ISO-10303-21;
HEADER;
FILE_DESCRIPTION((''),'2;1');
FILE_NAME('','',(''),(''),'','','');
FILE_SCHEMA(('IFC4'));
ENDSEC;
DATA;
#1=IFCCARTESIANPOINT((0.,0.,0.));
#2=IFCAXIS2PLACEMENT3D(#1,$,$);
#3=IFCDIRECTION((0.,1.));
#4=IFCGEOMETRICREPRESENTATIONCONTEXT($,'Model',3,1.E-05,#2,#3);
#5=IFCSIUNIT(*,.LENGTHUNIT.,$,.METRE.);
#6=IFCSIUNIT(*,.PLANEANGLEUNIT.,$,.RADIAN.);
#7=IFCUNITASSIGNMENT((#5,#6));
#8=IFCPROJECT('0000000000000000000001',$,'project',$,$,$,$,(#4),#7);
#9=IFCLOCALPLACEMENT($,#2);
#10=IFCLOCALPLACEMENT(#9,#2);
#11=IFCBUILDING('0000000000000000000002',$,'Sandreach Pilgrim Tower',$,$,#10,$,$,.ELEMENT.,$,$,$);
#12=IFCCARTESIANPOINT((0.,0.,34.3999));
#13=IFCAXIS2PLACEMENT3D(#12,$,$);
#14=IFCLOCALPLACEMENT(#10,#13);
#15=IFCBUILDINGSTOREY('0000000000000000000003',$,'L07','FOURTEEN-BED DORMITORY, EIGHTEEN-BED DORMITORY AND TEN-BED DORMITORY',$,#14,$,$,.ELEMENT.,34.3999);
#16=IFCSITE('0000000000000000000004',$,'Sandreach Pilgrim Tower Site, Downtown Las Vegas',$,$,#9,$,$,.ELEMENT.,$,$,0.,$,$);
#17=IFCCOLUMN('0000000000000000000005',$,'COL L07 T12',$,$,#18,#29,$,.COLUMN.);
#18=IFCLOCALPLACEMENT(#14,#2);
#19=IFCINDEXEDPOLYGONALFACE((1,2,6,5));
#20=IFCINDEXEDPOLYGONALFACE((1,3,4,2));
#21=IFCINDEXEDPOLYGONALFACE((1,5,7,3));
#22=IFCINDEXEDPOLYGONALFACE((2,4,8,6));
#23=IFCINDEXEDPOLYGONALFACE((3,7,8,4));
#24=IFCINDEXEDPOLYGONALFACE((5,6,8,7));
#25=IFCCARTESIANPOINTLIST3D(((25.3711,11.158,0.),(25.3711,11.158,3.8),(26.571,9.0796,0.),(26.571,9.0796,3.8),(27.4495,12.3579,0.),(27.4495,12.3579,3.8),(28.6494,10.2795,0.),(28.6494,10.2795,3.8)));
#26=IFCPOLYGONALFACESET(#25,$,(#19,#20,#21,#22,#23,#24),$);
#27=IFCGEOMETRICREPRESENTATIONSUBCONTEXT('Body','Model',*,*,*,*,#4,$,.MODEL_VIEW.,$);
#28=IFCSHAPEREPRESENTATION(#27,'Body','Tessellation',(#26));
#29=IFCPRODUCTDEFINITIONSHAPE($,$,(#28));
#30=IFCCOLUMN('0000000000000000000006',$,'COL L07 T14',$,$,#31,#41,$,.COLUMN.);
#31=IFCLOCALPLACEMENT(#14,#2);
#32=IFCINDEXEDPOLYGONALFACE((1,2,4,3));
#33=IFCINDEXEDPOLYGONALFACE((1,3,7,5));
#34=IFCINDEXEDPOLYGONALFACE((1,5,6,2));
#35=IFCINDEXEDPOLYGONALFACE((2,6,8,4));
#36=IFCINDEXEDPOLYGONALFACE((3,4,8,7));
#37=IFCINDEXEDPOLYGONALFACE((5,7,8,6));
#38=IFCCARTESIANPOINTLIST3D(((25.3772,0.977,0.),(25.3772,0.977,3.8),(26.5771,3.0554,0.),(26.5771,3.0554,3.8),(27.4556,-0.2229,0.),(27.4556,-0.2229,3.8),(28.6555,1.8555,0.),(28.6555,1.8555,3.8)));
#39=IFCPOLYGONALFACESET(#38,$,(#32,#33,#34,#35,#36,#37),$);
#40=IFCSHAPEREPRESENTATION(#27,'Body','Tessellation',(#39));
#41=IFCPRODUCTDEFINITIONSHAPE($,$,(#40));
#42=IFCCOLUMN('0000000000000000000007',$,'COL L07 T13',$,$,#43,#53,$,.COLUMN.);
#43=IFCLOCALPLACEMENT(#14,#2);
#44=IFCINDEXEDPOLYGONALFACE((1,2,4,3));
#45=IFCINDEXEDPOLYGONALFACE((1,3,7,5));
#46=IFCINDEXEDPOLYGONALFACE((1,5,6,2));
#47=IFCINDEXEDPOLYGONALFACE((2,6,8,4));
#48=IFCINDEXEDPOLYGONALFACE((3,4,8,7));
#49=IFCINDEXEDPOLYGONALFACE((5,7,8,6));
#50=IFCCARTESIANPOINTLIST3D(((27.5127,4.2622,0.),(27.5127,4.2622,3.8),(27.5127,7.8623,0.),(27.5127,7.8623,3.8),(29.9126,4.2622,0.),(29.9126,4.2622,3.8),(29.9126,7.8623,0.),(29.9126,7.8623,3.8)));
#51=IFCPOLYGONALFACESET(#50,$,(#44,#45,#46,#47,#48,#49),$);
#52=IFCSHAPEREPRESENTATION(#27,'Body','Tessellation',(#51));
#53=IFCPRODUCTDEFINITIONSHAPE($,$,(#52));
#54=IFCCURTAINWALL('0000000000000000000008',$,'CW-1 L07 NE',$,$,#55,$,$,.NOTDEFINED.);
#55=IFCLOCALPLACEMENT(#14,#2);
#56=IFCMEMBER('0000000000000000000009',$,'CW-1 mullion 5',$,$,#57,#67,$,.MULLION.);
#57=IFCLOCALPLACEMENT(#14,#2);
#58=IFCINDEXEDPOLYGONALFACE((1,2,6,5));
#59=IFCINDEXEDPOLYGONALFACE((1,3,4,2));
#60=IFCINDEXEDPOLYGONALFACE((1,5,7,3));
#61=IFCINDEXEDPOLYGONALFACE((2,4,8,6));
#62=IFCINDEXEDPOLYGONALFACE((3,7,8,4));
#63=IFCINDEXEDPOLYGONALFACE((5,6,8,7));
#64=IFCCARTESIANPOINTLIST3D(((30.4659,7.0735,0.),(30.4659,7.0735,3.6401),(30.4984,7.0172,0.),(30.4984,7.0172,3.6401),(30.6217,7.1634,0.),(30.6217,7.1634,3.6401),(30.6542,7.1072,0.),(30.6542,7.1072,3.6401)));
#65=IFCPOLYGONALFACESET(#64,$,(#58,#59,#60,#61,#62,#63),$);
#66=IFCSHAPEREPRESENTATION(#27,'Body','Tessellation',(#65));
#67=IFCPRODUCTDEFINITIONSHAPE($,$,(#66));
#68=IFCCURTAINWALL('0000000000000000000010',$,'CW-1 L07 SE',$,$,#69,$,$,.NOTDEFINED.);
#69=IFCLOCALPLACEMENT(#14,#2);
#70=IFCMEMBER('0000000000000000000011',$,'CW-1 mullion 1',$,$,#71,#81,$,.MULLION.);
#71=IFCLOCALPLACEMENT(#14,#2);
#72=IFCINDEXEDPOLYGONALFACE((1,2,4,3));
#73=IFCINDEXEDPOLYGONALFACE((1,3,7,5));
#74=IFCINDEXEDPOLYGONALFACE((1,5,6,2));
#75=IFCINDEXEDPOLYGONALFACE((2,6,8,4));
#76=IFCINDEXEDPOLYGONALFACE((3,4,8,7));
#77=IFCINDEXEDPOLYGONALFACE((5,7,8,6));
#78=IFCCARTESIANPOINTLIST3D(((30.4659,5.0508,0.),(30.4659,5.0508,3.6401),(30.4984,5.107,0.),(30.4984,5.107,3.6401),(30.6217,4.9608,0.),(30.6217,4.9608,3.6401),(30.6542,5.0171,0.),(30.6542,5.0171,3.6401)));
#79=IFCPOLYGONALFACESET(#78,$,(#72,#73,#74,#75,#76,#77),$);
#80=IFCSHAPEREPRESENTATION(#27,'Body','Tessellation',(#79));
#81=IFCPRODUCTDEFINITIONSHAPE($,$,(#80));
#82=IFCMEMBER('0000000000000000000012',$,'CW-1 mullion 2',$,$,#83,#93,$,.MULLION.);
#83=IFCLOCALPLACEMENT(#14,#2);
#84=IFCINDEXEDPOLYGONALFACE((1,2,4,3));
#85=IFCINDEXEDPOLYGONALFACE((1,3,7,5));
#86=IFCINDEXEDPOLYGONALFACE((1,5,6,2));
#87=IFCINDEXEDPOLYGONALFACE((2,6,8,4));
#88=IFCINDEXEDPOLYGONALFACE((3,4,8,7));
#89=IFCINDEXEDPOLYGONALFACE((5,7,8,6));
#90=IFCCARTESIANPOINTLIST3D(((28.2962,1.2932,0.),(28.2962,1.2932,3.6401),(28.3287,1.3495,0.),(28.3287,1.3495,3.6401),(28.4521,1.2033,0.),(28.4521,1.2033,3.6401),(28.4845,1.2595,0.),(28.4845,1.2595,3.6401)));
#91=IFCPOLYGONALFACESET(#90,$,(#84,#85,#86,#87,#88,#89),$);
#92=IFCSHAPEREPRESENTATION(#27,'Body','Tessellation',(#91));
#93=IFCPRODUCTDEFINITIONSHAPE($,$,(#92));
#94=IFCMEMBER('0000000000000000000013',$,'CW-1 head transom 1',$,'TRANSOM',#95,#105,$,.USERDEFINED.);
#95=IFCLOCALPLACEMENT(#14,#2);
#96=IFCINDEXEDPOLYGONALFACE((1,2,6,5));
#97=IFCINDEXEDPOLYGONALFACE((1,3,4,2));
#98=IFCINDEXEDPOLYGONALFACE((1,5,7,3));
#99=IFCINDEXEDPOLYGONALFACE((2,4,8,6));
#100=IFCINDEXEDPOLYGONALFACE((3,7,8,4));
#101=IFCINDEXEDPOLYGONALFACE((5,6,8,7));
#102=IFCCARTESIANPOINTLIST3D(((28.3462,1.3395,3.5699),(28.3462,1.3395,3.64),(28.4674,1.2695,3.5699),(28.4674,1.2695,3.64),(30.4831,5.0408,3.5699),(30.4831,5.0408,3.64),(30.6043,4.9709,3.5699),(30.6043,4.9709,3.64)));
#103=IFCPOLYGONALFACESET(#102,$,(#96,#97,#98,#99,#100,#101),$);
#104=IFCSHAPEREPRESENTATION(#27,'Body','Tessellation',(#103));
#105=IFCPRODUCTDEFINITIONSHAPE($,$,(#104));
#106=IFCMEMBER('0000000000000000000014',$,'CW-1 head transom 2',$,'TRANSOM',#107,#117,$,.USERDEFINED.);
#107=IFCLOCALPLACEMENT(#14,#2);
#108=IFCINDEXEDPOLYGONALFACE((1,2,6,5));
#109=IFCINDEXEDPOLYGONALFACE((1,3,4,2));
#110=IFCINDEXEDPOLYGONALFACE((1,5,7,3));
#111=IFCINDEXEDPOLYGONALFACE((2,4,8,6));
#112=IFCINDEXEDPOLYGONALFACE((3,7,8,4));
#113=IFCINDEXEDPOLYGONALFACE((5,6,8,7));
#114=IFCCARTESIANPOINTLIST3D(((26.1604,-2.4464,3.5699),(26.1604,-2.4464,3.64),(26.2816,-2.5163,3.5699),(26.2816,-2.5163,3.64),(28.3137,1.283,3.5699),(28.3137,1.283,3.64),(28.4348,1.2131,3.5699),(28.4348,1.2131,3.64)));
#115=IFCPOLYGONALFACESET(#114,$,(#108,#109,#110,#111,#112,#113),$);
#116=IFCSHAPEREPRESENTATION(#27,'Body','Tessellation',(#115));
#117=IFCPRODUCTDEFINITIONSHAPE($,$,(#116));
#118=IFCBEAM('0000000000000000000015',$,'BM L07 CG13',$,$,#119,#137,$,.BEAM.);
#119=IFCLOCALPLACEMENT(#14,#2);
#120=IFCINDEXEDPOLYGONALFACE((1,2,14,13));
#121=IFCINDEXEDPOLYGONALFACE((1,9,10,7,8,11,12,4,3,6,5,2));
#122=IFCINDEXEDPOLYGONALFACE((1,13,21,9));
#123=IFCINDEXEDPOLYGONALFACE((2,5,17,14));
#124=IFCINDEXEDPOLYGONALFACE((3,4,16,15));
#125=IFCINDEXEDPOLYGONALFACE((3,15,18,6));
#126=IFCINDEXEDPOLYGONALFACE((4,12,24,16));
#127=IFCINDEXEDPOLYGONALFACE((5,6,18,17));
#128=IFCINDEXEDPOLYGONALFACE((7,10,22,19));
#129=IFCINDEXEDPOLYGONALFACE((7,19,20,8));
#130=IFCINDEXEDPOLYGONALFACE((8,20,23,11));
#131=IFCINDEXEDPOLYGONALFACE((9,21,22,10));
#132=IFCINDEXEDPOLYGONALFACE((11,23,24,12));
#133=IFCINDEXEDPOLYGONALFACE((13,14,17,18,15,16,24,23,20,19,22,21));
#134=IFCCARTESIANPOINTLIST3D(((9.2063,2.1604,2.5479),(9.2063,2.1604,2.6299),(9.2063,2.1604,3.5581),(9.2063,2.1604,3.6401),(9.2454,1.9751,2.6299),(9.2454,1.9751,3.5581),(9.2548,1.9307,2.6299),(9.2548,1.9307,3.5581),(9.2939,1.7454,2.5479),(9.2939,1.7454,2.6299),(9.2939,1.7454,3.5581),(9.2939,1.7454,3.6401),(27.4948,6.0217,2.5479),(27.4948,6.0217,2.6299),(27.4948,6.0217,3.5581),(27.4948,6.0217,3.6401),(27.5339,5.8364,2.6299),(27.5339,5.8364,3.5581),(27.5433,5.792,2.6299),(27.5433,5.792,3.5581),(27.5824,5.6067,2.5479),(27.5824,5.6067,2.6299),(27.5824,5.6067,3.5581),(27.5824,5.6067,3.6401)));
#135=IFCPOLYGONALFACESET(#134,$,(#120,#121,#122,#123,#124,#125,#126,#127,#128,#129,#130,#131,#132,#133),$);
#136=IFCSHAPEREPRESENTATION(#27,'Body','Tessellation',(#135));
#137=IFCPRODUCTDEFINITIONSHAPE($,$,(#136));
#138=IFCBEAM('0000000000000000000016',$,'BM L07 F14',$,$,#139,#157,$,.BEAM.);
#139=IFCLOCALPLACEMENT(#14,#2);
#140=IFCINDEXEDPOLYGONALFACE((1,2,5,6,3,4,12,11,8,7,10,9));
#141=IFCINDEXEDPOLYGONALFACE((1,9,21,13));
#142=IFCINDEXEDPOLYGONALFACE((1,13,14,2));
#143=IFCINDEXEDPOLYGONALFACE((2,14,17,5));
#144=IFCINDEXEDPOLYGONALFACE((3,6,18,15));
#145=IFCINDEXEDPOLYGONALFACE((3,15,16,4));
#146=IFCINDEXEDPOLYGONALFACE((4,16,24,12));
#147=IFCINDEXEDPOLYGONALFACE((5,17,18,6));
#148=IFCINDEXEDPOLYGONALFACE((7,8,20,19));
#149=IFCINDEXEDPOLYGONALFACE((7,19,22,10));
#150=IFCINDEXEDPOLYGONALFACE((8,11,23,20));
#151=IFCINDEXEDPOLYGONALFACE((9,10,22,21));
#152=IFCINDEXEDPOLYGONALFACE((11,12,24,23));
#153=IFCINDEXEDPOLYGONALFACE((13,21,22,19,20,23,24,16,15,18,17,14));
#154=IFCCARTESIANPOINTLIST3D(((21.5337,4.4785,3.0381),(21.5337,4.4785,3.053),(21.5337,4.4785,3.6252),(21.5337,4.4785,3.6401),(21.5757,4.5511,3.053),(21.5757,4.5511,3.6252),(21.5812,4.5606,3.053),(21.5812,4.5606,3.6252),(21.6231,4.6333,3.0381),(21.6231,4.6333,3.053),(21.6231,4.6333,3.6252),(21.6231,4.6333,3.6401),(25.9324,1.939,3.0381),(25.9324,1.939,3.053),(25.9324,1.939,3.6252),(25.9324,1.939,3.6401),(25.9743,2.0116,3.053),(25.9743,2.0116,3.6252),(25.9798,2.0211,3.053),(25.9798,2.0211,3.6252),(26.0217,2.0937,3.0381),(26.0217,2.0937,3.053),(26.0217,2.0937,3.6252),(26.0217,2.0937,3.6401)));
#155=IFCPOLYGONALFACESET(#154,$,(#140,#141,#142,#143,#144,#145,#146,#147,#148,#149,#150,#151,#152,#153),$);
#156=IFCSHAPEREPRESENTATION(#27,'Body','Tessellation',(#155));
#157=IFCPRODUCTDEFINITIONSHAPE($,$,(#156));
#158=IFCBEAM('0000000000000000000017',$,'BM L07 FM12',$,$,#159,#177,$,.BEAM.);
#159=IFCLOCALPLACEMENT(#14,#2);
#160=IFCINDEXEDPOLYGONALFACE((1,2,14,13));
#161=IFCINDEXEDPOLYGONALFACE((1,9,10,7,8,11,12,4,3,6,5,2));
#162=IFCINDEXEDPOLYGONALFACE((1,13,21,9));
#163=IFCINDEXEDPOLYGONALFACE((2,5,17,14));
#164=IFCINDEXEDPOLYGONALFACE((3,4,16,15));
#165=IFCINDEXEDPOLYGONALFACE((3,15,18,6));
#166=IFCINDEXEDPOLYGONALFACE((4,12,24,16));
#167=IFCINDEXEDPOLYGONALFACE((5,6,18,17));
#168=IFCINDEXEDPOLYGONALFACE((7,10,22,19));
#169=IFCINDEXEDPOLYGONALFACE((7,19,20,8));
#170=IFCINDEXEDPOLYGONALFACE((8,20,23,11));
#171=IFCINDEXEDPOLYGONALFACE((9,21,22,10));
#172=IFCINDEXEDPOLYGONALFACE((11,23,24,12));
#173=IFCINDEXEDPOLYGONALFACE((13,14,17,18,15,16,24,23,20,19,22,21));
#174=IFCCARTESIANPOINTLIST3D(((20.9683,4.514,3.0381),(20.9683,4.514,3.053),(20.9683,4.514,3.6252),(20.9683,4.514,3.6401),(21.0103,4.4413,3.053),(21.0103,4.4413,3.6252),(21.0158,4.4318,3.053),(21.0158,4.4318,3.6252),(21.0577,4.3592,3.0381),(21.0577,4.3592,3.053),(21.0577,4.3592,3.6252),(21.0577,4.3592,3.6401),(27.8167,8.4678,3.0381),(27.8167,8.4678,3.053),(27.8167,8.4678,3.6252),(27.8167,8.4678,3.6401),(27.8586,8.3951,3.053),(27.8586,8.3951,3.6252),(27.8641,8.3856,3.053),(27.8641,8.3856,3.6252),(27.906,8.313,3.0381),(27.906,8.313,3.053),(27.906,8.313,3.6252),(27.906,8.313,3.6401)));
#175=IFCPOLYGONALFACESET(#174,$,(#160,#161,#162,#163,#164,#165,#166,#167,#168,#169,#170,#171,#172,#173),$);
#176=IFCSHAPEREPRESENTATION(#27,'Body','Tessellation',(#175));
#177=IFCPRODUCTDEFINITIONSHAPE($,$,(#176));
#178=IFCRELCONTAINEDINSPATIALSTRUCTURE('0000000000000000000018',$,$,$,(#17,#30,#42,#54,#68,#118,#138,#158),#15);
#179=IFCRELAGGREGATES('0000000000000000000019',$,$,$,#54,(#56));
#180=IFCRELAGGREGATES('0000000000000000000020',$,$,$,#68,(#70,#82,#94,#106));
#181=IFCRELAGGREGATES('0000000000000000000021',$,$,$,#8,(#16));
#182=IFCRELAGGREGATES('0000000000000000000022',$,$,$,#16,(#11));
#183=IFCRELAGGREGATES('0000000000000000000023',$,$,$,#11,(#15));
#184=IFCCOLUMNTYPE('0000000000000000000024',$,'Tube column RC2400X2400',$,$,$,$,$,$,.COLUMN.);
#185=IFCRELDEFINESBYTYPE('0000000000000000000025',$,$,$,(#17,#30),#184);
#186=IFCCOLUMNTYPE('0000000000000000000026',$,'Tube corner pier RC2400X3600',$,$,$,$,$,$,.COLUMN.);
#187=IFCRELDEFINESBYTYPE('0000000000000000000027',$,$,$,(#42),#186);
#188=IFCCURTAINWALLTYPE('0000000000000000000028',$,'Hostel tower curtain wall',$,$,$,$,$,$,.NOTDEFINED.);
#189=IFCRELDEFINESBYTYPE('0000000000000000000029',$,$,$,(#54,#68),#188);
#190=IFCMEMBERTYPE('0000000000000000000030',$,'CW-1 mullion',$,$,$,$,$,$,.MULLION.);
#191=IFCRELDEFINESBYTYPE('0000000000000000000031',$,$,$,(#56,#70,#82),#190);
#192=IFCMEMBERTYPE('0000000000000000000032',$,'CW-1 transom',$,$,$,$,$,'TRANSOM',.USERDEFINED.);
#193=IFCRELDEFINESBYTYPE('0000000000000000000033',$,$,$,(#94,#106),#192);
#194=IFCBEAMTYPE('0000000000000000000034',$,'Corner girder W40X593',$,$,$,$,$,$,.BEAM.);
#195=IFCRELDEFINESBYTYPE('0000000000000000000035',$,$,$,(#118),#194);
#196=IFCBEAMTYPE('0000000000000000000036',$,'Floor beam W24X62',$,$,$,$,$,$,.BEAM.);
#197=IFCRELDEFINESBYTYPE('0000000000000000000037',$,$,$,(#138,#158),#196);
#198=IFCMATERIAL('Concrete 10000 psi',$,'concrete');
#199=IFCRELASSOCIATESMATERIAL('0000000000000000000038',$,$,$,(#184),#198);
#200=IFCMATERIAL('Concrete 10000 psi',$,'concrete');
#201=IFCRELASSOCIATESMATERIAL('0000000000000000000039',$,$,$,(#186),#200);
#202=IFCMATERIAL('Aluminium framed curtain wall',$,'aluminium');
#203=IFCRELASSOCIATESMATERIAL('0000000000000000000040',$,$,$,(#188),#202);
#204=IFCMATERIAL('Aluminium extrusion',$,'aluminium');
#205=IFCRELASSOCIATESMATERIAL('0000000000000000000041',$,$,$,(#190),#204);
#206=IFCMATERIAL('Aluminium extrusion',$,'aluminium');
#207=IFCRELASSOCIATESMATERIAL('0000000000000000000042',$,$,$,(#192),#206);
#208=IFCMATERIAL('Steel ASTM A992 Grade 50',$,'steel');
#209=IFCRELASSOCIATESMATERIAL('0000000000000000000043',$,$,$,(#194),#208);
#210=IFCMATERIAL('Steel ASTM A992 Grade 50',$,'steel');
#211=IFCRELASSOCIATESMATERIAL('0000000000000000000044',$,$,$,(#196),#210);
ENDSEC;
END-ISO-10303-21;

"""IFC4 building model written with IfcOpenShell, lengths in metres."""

from ifc_helpers import new_model, si_unit, direction, frame, origin, origin_2d, place, context, subcontext, project, spatial, rectangle, i_section, extrude, material, material_profile, profile_set, type_object, element, aggregate, save


model = new_model("IFC4")

# Units and contexts
model_context = context("Model", 3, precision=1e-05, world=origin(), true_north=direction((0.0, 1.0)))
body_context = subcontext(model_context, "Body", "Model", "MODEL_VIEW")
ifc_project = project(units=[si_unit("LENGTHUNIT", "METRE"), si_unit("PLANEANGLEUNIT", "RADIAN")], contexts=[model_context])

# Site, building, storey
site_placement = place(None, origin())
site = spatial("IfcSite", under=ifc_project, at=site_placement, Name="Sandreach Pilgrim Tower Site, Downtown Las Vegas", CompositionType="ELEMENT", RefElevation=0.0)
building_placement = place(site_placement, origin())
building = spatial("IfcBuilding", under=site, at=building_placement, Name="Sandreach Pilgrim Tower", CompositionType="ELEMENT")
storey_placement = place(building_placement, frame((0.0, 0.0, 34.3999)))
storey = spatial("IfcBuildingStorey", under=building, at=storey_placement, Name="L07", Description="FOURTEEN-BED DORMITORY, EIGHTEEN-BED DORMITORY AND TEN-BED DORMITORY", CompositionType="ELEMENT", Elevation=34.3999)

# Columns
ifc_material_1 = material(Name="Concrete 10000 psi", Category="concrete")
ifc_material_profile_1 = material_profile(ifc_material_1, rectangle(XDim=2.3999, YDim=2.3999, at=origin_2d()), Name="RC2400X2400")
ifc_profile_set_1 = profile_set([ifc_material_profile_1], Name="Concrete 10000 psi")
column_type_1 = type_object("IfcColumnType", Name="Tube column RC2400X2400", PredefinedType="COLUMN", material=ifc_profile_set_1)
for number, where, z_axis, x_axis, name in (
    (1, (27.0103, 10.7188, 0.0), (0.0, 0.0, 1.0), (0.866025, 0.5, 0.0), "COL L07 T12"),
    (2, (27.0164, 1.4163, 0.0), (0.0, 0.0, 1.0), (0.866025, -0.5, 0.0), "COL L07 T14"),
):
    element("IfcColumn", number, at=place(storey_placement, frame(where, z_axis=z_axis, x_axis=x_axis)), inside=storey, type_object=column_type_1, Name=name, PredefinedType="COLUMN", context=body_context, shape_type="SweptSolid", body=[
        extrude(rectangle(XDim=2.3999, YDim=2.3999, at=origin_2d()), origin(), (0.0, 0.0, 1.0), 3.8),
    ])
ifc_material_2 = material(Name="Concrete 10000 psi", Category="concrete")
ifc_material_profile_2 = material_profile(ifc_material_2, rectangle(XDim=2.3999, YDim=3.6001, at=origin_2d()), Name="RC2400X3600")
ifc_profile_set_2 = profile_set([ifc_material_profile_2], Name="Concrete 10000 psi")
column_type_2 = type_object("IfcColumnType", Name="Tube corner pier RC2400X3600", PredefinedType="COLUMN", material=ifc_profile_set_2)
column_placement = place(storey_placement, frame((28.7126, 6.0623, 0.0), z_axis=(0.0, 0.0, 1.0), x_axis=(1.0, 0.0, 0.0)))
element("IfcColumn", 3, at=column_placement, inside=storey, type_object=column_type_2, Name="COL L07 T13", PredefinedType="COLUMN", context=body_context, shape_type="SweptSolid", body=[
    extrude(rectangle(XDim=2.3999, YDim=3.6001, at=origin_2d()), origin(), (0.0, 0.0, 1.0), 3.8),
])

# Curtain wall, member
ifc_material_3 = material(Name="Aluminium framed curtain wall", Category="aluminium")
curtain_wall_type = type_object("IfcCurtainWallType", Name="Hostel tower curtain wall", PredefinedType="NOTDEFINED", material=ifc_material_3)
curtain_wall_1_placement = place(storey_placement, origin())
curtain_wall_1 = element("IfcCurtainWall", 4, at=curtain_wall_1_placement, inside=storey, type_object=curtain_wall_type, Name="CW-1 L07 NE", PredefinedType="NOTDEFINED")
ifc_material_4 = material(Name="Aluminium extrusion", Category="aluminium")
ifc_material_profile_3 = material_profile(ifc_material_4, rectangle(XDim=0.0649, YDim=0.1799, at=origin_2d()), Name="CW-1M 65X180")
ifc_profile_set_3 = profile_set([ifc_material_profile_3], Name="Aluminium extrusion")
member_type_1 = type_object("IfcMemberType", Name="CW-1 mullion", PredefinedType="MULLION", material=ifc_profile_set_3)
member_1_placement = place(storey_placement, frame((30.5601, 7.0903, 0.0), z_axis=(0.0, 0.0, 1.0), x_axis=(0.5, -0.866025, 0.0)))
member_1 = element("IfcMember", 5, at=member_1_placement, type_object=member_type_1, Name="CW-1 mullion 5", PredefinedType="MULLION", context=body_context, shape_type="SweptSolid", body=[
    extrude(rectangle(XDim=0.0649, YDim=0.1799, at=origin_2d()), origin(), (0.0, 0.0, 1.0), 3.6401),
])

# Curtain wall, members
curtain_wall_2_placement = place(storey_placement, origin())
curtain_wall_2 = element("IfcCurtainWall", 6, at=curtain_wall_2_placement, inside=storey, type_object=curtain_wall_type, Name="CW-1 L07 SE", PredefinedType="NOTDEFINED")
member_2_placement = place(storey_placement, frame((30.5601, 5.0339, 0.0), z_axis=(0.0, 0.0, 1.0), x_axis=(-0.5, -0.866025, 0.0)))
member_2 = element("IfcMember", 7, at=member_2_placement, type_object=member_type_1, Name="CW-1 mullion 1", PredefinedType="MULLION", context=body_context, shape_type="SweptSolid", body=[
    extrude(rectangle(XDim=0.0649, YDim=0.1799, at=origin_2d()), origin(), (0.0, 0.0, 1.0), 3.6401),
])
member_3_placement = place(storey_placement, frame((28.3904, 1.2764, 0.0), z_axis=(0.0, 0.0, 1.0), x_axis=(-0.5, -0.866025, 0.0)))
member_3 = element("IfcMember", 8, at=member_3_placement, type_object=member_type_1, Name="CW-1 mullion 2", PredefinedType="MULLION", context=body_context, shape_type="SweptSolid", body=[
    extrude(rectangle(XDim=0.0649, YDim=0.1799, at=origin_2d()), origin(), (0.0, 0.0, 1.0), 3.6401),
])
ifc_material_5 = material(Name="Aluminium extrusion", Category="aluminium")
ifc_material_profile_4 = material_profile(ifc_material_5, rectangle(XDim=0.1399, YDim=0.0701, at=origin_2d()), Name="CW-1T 140X70")
ifc_profile_set_4 = profile_set([ifc_material_profile_4], Name="Aluminium extrusion")
member_type_2 = type_object("IfcMemberType", Name="CW-1 transom", ElementType="TRANSOM", PredefinedType="USERDEFINED", material=ifc_profile_set_4)
member_4_placement = place(storey_placement, frame((30.5437, 5.0059, 3.605), z_axis=(-0.499991, -0.866031, 0.0), x_axis=(0.866031, -0.499991, 0.0)))
member_4 = element("IfcMember", 9, at=member_4_placement, type_object=member_type_2, Name="CW-1 head transom 1", ObjectType="TRANSOM", PredefinedType="USERDEFINED", context=body_context, shape_type="SweptSolid", body=[
    extrude(rectangle(XDim=0.1399, YDim=0.0701, at=origin_2d()), origin(), (0.0, 0.0, 1.0), 4.2739),
])
member_5_placement = place(storey_placement, frame((28.3743, 1.248, 3.605), z_axis=(-0.500017, -0.866016, 0.0), x_axis=(0.866016, -0.500017, 0.0)))
member_5 = element("IfcMember", 10, at=member_5_placement, type_object=member_type_2, Name="CW-1 head transom 2", ObjectType="TRANSOM", PredefinedType="USERDEFINED", context=body_context, shape_type="SweptSolid", body=[
    extrude(rectangle(XDim=0.1399, YDim=0.0701, at=origin_2d()), origin(), (0.0, 0.0, 1.0), 4.3064),
])

# Beams
ifc_material_6 = material(Name="Steel ASTM A992 Grade 50", Category="steel")
ifc_material_profile_5 = material_profile(ifc_material_6, i_section(OverallWidth=0.4241, OverallDepth=1.0923, WebThickness=0.0454, FlangeThickness=0.082, at=origin_2d()), Name="W40X593")
ifc_profile_set_5 = profile_set([ifc_material_profile_5], Name="Steel ASTM A992 Grade 50")
beam_type_1 = type_object("IfcBeamType", Name="Corner girder W40X593", PredefinedType="BEAM", material=ifc_profile_set_5)
beam_1_placement = place(storey_placement, frame((27.5386, 5.8142, 3.094), z_axis=(-0.97843, -0.206579, 0.0), x_axis=(0.206579, -0.97843, 0.0)))
element("IfcBeam", 11, at=beam_1_placement, inside=storey, type_object=beam_type_1, Name="BM L07 CG13", PredefinedType="BEAM", context=body_context, shape_type="SweptSolid", body=[
    extrude(i_section(OverallWidth=0.4241, OverallDepth=1.0923, WebThickness=0.0454, FlangeThickness=0.082, at=origin_2d()), origin(), (0.0, 0.0, 1.0), 18.6917),
])
ifc_material_7 = material(Name="Steel ASTM A992 Grade 50", Category="steel")
ifc_material_profile_6 = material_profile(ifc_material_7, i_section(OverallWidth=0.1787, OverallDepth=0.6021, WebThickness=0.011, FlangeThickness=0.0149, at=origin_2d()), Name="W24X62")
ifc_profile_set_6 = profile_set([ifc_material_profile_6], Name="Steel ASTM A992 Grade 50")
beam_type_2 = type_object("IfcBeamType", Name="Floor beam W24X62", PredefinedType="BEAM", material=ifc_profile_set_6)
beam_2_placement = place(storey_placement, frame((25.9771, 2.0164, 3.3391), z_axis=(-0.866028, 0.499996, 0.0), x_axis=(-0.499996, -0.866028, 0.0)))
element("IfcBeam", 12, at=beam_2_placement, inside=storey, type_object=beam_type_2, Name="BM L07 F14", PredefinedType="BEAM", context=body_context, shape_type="SweptSolid", body=[
    extrude(i_section(OverallWidth=0.1787, OverallDepth=0.6021, WebThickness=0.011, FlangeThickness=0.0149, at=origin_2d()), origin(), (0.0, 0.0, 1.0), 5.0791),
])
beam_3_placement = place(storey_placement, frame((27.8613, 8.3904, 3.3391), z_axis=(-0.866029, -0.499994, 0.0), x_axis=(0.499994, -0.866029, 0.0)))
element("IfcBeam", 13, at=beam_3_placement, inside=storey, type_object=beam_type_2, Name="BM L07 FM12", PredefinedType="BEAM", context=body_context, shape_type="SweptSolid", body=[
    extrude(i_section(OverallWidth=0.1787, OverallDepth=0.6021, WebThickness=0.011, FlangeThickness=0.0149, at=origin_2d()), origin(), (0.0, 0.0, 1.0), 7.9077),
])

aggregate(curtain_wall_1, [member_1])
aggregate(curtain_wall_2, [member_2, member_3, member_4, member_5])

save(model, "model.ifc")
